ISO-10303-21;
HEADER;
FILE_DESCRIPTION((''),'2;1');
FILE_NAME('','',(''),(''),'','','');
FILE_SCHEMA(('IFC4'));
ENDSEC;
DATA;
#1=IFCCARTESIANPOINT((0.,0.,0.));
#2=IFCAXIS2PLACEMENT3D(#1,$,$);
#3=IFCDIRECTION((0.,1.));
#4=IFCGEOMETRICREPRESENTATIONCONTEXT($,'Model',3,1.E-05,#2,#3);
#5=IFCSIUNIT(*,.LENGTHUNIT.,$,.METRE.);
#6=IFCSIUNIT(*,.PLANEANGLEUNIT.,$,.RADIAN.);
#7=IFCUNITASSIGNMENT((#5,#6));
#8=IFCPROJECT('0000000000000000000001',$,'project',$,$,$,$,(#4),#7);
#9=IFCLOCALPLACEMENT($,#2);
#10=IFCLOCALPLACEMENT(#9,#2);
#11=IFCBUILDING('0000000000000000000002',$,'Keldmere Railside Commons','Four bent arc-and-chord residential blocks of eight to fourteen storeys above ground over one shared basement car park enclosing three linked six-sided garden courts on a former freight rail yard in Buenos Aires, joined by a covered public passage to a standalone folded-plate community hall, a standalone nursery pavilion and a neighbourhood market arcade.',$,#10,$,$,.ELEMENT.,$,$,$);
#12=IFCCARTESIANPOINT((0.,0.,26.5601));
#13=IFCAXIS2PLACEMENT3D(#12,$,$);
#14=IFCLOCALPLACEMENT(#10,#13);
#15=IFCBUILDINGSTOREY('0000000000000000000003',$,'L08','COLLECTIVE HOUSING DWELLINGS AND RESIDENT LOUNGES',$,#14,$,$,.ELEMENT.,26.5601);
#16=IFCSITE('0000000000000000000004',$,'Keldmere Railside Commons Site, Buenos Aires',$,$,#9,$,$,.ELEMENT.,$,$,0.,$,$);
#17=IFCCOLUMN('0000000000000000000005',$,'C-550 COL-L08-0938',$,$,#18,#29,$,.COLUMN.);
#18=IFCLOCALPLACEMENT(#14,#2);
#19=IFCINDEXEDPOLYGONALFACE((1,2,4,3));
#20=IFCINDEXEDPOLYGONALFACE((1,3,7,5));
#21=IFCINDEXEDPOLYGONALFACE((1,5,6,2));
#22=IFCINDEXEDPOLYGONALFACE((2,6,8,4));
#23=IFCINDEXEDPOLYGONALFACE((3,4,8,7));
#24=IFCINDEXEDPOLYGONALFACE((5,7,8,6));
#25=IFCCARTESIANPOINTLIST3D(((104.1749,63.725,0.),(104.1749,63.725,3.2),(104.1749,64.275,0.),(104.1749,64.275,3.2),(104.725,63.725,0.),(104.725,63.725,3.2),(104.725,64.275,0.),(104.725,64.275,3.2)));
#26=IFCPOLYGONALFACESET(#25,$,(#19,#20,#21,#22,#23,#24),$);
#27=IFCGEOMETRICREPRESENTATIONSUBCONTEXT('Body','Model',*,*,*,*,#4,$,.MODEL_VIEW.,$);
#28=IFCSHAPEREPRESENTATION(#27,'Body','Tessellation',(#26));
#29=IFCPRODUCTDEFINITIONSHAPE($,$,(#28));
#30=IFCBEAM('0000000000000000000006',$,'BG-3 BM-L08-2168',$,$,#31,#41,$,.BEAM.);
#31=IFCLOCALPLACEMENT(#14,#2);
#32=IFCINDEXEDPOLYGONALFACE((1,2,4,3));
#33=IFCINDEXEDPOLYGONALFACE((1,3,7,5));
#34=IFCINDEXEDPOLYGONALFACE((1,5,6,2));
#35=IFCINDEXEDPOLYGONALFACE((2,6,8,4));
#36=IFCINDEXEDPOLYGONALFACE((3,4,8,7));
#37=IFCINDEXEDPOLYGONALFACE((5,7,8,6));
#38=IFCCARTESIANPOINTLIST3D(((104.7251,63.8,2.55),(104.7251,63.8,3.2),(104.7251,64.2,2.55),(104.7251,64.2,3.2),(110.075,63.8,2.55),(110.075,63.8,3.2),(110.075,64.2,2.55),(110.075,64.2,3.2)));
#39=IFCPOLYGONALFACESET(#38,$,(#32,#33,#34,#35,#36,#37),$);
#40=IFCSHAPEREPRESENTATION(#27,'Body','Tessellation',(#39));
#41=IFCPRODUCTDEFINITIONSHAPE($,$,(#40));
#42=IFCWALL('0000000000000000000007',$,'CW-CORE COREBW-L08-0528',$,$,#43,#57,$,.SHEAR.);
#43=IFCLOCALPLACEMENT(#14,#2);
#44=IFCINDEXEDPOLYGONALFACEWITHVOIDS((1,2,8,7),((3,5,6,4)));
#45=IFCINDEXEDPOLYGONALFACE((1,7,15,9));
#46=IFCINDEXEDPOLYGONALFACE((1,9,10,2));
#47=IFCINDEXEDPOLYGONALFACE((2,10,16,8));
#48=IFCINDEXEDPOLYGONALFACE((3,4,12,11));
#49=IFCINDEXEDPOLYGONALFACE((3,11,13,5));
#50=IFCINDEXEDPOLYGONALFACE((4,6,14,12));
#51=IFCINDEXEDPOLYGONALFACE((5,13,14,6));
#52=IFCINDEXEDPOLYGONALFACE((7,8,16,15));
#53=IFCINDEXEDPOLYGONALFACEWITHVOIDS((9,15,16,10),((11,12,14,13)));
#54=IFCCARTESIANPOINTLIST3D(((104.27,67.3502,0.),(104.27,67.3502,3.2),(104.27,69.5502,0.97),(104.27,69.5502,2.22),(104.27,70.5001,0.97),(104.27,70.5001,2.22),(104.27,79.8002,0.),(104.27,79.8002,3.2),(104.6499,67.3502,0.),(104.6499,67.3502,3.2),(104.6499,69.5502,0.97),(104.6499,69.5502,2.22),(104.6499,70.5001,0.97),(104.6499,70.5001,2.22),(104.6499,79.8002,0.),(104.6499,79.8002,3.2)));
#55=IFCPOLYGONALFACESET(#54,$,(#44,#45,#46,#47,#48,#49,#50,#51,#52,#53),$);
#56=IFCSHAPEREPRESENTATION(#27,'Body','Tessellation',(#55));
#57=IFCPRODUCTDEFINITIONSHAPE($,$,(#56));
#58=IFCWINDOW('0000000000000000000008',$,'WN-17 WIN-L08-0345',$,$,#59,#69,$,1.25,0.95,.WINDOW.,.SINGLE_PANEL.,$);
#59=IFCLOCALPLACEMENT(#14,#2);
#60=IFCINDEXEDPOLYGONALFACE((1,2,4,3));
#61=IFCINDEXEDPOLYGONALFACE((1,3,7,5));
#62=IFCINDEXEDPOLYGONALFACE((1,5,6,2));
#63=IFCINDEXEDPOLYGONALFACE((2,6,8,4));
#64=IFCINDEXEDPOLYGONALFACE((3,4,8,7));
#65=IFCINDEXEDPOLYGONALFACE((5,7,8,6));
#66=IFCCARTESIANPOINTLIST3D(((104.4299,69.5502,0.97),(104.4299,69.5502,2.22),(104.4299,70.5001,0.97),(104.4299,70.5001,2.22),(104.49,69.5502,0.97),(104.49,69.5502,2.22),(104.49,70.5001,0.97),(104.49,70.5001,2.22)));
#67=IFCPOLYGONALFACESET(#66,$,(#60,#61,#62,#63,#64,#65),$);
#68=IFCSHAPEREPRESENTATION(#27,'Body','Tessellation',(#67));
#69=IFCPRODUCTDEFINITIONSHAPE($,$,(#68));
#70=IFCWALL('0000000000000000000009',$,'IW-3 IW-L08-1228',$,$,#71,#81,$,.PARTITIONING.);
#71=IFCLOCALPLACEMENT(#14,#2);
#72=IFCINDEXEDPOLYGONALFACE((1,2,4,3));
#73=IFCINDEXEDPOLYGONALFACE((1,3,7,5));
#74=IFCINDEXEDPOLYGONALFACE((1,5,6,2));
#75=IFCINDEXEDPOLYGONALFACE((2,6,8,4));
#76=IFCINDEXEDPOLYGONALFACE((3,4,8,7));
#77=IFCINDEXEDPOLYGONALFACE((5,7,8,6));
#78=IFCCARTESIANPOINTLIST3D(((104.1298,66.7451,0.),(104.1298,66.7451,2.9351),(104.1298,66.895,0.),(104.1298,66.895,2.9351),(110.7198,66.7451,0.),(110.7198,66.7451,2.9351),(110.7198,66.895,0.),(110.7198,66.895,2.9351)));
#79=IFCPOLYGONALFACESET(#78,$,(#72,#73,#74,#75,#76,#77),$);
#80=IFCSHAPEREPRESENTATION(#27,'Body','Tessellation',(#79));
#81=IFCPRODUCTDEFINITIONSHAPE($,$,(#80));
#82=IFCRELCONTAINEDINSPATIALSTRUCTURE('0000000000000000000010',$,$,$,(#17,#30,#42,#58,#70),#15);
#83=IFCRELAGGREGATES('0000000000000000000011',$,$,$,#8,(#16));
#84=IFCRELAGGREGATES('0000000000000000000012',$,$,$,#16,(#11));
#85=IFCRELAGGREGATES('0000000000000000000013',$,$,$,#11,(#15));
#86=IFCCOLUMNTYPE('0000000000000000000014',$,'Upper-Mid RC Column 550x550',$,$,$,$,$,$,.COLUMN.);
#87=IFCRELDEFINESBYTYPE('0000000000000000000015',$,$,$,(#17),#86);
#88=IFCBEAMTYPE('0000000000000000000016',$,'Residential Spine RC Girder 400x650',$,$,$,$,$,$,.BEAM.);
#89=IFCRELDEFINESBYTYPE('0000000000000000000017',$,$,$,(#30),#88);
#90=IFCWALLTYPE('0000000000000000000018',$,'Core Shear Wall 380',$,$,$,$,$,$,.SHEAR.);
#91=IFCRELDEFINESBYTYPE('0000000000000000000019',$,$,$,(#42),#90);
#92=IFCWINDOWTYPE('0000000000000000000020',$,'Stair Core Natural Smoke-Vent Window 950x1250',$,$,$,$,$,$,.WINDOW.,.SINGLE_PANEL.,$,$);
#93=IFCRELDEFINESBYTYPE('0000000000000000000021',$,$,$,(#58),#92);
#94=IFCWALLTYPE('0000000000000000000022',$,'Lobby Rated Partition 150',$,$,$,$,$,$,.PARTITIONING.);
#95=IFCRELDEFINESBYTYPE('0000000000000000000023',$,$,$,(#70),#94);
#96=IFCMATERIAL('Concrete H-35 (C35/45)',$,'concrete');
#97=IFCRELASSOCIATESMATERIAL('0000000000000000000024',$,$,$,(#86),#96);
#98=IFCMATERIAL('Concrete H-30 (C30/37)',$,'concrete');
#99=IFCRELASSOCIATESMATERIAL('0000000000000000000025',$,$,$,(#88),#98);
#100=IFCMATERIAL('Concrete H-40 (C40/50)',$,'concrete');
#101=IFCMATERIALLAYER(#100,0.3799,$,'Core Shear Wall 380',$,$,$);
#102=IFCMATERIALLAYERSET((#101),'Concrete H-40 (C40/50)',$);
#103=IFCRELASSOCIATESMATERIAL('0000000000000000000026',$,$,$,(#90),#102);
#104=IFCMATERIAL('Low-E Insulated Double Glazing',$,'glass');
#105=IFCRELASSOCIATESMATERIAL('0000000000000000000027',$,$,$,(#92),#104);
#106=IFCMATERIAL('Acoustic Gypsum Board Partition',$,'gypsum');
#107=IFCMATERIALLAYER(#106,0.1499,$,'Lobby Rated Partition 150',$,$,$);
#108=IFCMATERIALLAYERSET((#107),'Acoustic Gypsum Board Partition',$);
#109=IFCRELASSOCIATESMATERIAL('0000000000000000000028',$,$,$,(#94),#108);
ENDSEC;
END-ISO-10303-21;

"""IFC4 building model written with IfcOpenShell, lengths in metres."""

from ifc_helpers import new_model, si_unit, direction, frame, frame_2d, origin, origin_2d, place, context, subcontext, project, spatial, rectangle, extrude, material, layer, layer_set, material_profile, profile_set, type_object, element, fill, save


model = new_model("IFC4")

# Units and contexts
model_context = context("Model", 3, precision=1e-05, world=origin(), true_north=direction((0.0, 1.0)))
body_context = subcontext(model_context, "Body", "Model", "MODEL_VIEW")
ifc_project = project(units=[si_unit("LENGTHUNIT", "METRE"), si_unit("PLANEANGLEUNIT", "RADIAN")], contexts=[model_context])

# Site, building, storey
site_placement = place(None, origin())
site = spatial("IfcSite", under=ifc_project, at=site_placement, Name="Keldmere Railside Commons Site, Buenos Aires", CompositionType="ELEMENT", RefElevation=0.0)
building_placement = place(site_placement, origin())
building = spatial("IfcBuilding", under=site, at=building_placement, Name="Keldmere Railside Commons", Description="Four bent arc-and-chord residential blocks of eight to fourteen storeys above ground over one shared basement car park enclosing three linked six-sided garden courts on a former freight rail yard in Buenos Aires, joined by a covered public passage to a standalone folded-plate community hall, a standalone nursery pavilion and a neighbourhood market arcade.", CompositionType="ELEMENT")
storey_placement = place(building_placement, frame((0.0, 0.0, 26.5601)))
storey = spatial("IfcBuildingStorey", under=building, at=storey_placement, Name="L08", Description="COLLECTIVE HOUSING DWELLINGS AND RESIDENT LOUNGES", CompositionType="ELEMENT", Elevation=26.5601)

# Column
ifc_material_1 = material(Name="Concrete H-35 (C35/45)", Category="concrete")
ifc_material_profile_1 = material_profile(ifc_material_1, rectangle(XDim=0.55, YDim=0.55, at=origin_2d()), Name="RC-550x550")
ifc_profile_set_1 = profile_set([ifc_material_profile_1], Name="Concrete H-35 (C35/45)")
column_type = type_object("IfcColumnType", Name="Upper-Mid RC Column 550x550", PredefinedType="COLUMN", material=ifc_profile_set_1)
column_placement = place(storey_placement, frame((104.45, 64.0, 0.0), z_axis=(0.0, 0.0, 1.0), x_axis=(1.0, 0.0, 0.0)))
element("IfcColumn", 1, at=column_placement, inside=storey, type_object=column_type, Name="C-550 COL-L08-0938", PredefinedType="COLUMN", context=body_context, shape_type="SweptSolid", body=[
    extrude(rectangle(XDim=0.55, YDim=0.55, at=origin_2d()), origin(), (0.0, 0.0, 1.0), 3.2),
])

# Beam
ifc_material_2 = material(Name="Concrete H-30 (C30/37)", Category="concrete")
ifc_material_profile_2 = material_profile(ifc_material_2, rectangle(XDim=0.3999, YDim=0.6499, at=origin_2d()), Name="RC-400x650")
ifc_profile_set_2 = profile_set([ifc_material_profile_2], Name="Concrete H-30 (C30/37)")
beam_type = type_object("IfcBeamType", Name="Residential Spine RC Girder 400x650", PredefinedType="BEAM", material=ifc_profile_set_2)
beam_placement = place(storey_placement, frame((104.7251, 64.0, 2.875), z_axis=(1.0, 0.0, 0.0), x_axis=(0.0, 1.0, 0.0)))
element("IfcBeam", 2, at=beam_placement, inside=storey, type_object=beam_type, Name="BG-3 BM-L08-2168", PredefinedType="BEAM", context=body_context, shape_type="SweptSolid", body=[
    extrude(rectangle(XDim=0.3999, YDim=0.6499, at=origin_2d()), origin(), (0.0, 0.0, 1.0), 5.3499),
])

# Wall, opening, window
ifc_material_3 = material(Name="Concrete H-40 (C40/50)", Category="concrete")
ifc_layer_1 = layer(ifc_material_3, 0.3799, Name="Core Shear Wall 380")
ifc_layer_set_1 = layer_set([ifc_layer_1], Name="Concrete H-40 (C40/50)")
wall_type_1 = type_object("IfcWallType", Name="Core Shear Wall 380", PredefinedType="SHEAR", material=ifc_layer_set_1)
wall_1_placement = place(storey_placement, frame((104.46, 67.3501, 0.0), z_axis=(0.0, 0.0, 1.0), x_axis=(0.0, 1.0, 0.0)))
wall_1 = element("IfcWall", 3, at=wall_1_placement, inside=storey, type_object=wall_type_1, Name="CW-CORE COREBW-L08-0528", PredefinedType="SHEAR", context=body_context, shape_type="SweptSolid", body=[
    extrude(rectangle(XDim=12.45, YDim=0.3799, at=frame_2d((6.2251, 0.0))), origin(), (0.0, 0.0, 1.0), 3.2),
])
opening_1_placement = place(wall_1_placement, frame((2.2, 0.0, 0.97)))
opening_1 = element("IfcOpeningElement", 4, at=opening_1_placement, cuts=wall_1, PredefinedType="OPENING", context=body_context, shape_type="SweptSolid", body=[
    extrude(rectangle(XDim=0.95, YDim=1.25, at=frame_2d((0.4751, 0.625))), frame((0.0, 0.2, 0.0), z_axis=(0.0, -1.0, 0.0), x_axis=(1.0, 0.0, 0.0)), (0.0, 0.0, 1.0), 0.3999),
])
ifc_material_4 = material(Name="Low-E Insulated Double Glazing", Category="glass")
window_type_1 = type_object("IfcWindowType", Name="Stair Core Natural Smoke-Vent Window 950x1250", PartitioningType="SINGLE_PANEL", PredefinedType="WINDOW", material=ifc_material_4)
window_1_placement = place(opening_1_placement, origin())
window_1 = element("IfcWindow", 5, at=window_1_placement, inside=storey, type_object=window_type_1, Name="WN-17 WIN-L08-0345", OverallHeight=1.25, OverallWidth=0.95, PartitioningType="SINGLE_PANEL", PredefinedType="WINDOW", context=body_context, shape_type="SweptSolid", body=[
    extrude(rectangle(XDim=0.95, YDim=1.25, at=frame_2d((0.4751, 0.625))), frame((0.0, 0.03, 0.0), z_axis=(0.0, -1.0, 0.0), x_axis=(1.0, 0.0, 0.0)), (0.0, 0.0, 1.0), 0.0601),
])
fill(opening_1, window_1)

# Wall
ifc_material_5 = material(Name="Acoustic Gypsum Board Partition", Category="gypsum")
ifc_layer_2 = layer(ifc_material_5, 0.1499, Name="Lobby Rated Partition 150")
ifc_layer_set_2 = layer_set([ifc_layer_2], Name="Acoustic Gypsum Board Partition")
wall_type_2 = type_object("IfcWallType", Name="Lobby Rated Partition 150", PredefinedType="PARTITIONING", material=ifc_layer_set_2)
wall_2_placement = place(storey_placement, frame((104.1299, 66.8201, 0.0), z_axis=(0.0, 0.0, 1.0), x_axis=(1.0, 0.0, 0.0)))
element("IfcWall", 6, at=wall_2_placement, inside=storey, type_object=wall_type_2, Name="IW-3 IW-L08-1228", PredefinedType="PARTITIONING", context=body_context, shape_type="SweptSolid", body=[
    extrude(rectangle(XDim=6.5901, YDim=0.1499, at=frame_2d((3.2949, 0.0))), origin(), (0.0, 0.0, 1.0), 2.9351),
])

save(model, "model.ifc")
